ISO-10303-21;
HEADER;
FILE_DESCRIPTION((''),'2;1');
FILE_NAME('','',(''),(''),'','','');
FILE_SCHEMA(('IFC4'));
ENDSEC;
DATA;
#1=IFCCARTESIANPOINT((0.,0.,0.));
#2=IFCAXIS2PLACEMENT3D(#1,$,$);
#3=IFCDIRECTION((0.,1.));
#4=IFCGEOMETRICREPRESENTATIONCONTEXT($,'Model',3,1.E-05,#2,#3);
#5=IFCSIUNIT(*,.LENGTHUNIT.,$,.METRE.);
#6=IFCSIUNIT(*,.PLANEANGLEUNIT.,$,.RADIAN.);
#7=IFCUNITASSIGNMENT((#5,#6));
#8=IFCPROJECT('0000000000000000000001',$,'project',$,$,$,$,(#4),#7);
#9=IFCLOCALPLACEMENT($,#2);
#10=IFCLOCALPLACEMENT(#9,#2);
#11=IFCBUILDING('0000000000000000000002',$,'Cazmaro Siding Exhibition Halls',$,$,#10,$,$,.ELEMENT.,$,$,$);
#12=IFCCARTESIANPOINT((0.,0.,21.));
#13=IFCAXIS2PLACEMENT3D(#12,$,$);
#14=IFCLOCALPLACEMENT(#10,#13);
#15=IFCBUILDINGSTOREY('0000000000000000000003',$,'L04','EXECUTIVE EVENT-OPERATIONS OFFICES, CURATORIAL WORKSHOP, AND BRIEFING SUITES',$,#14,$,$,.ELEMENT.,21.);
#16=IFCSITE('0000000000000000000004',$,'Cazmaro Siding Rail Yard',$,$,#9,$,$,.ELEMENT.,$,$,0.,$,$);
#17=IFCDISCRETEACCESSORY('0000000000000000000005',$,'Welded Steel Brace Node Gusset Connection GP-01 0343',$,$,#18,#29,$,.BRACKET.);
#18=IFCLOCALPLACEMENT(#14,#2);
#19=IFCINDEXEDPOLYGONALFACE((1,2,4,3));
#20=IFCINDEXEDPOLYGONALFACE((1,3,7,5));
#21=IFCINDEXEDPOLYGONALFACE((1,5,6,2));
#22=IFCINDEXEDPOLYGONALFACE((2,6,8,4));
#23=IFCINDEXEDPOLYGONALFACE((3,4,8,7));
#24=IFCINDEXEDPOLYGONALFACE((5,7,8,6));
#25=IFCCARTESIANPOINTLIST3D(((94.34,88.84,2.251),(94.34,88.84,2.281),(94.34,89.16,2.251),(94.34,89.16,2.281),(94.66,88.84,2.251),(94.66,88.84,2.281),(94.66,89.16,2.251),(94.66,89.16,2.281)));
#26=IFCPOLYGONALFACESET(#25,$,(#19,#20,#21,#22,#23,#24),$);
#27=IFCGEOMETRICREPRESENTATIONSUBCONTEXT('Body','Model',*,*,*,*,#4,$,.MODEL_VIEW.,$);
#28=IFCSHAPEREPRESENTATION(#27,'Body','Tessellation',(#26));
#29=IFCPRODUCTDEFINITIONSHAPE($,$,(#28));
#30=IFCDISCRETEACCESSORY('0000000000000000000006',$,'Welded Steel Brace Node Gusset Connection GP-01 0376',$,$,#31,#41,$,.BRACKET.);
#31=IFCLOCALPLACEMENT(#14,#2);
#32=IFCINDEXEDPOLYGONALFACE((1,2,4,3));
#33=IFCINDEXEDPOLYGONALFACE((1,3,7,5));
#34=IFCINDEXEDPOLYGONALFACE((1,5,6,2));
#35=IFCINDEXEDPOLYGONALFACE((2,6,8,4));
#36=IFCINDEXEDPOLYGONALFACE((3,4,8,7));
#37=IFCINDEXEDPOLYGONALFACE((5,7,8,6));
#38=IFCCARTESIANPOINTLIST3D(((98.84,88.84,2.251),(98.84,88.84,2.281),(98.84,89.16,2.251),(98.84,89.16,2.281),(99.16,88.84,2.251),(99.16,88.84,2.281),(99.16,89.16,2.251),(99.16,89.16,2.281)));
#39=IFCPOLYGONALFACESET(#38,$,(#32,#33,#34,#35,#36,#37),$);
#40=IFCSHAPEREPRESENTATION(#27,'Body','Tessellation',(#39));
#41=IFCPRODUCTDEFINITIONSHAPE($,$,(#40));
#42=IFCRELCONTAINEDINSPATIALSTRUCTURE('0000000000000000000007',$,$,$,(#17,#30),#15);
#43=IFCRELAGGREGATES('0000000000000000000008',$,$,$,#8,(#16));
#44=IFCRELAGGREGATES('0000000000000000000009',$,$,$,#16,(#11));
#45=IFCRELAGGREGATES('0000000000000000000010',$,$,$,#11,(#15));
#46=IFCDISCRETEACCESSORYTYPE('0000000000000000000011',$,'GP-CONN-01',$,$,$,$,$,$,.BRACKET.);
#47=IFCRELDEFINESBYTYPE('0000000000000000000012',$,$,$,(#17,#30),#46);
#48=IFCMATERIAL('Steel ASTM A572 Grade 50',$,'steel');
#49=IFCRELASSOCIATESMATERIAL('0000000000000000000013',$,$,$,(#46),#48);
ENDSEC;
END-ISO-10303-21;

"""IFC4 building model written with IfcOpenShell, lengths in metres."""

from ifc_helpers import new_model, si_unit, direction, frame, origin, origin_2d, place, context, subcontext, project, spatial, rectangle, extrude, material, type_object, element, save


model = new_model("IFC4")

# Units and contexts
model_context = context("Model", 3, precision=1e-05, world=origin(), true_north=direction((0.0, 1.0)))
body_context = subcontext(model_context, "Body", "Model", "MODEL_VIEW")
ifc_project = project(units=[si_unit("LENGTHUNIT", "METRE"), si_unit("PLANEANGLEUNIT", "RADIAN")], contexts=[model_context])

# Site, building, storey
site_placement = place(None, origin())
site = spatial("IfcSite", under=ifc_project, at=site_placement, Name="Cazmaro Siding Rail Yard", CompositionType="ELEMENT", RefElevation=0.0)
building_placement = place(site_placement, origin())
building = spatial("IfcBuilding", under=site, at=building_placement, Name="Cazmaro Siding Exhibition Halls", CompositionType="ELEMENT")
storey_placement = place(building_placement, frame((0.0, 0.0, 21.0)))
storey = spatial("IfcBuildingStorey", under=building, at=storey_placement, Name="L04", Description="EXECUTIVE EVENT-OPERATIONS OFFICES, CURATORIAL WORKSHOP, AND BRIEFING SUITES", CompositionType="ELEMENT", Elevation=21.0)

# Discrete accessories
ifc_material_1 = material(Name="Steel ASTM A572 Grade 50", Category="steel")
discrete_accessory_type = type_object("IfcDiscreteAccessoryType", Name="GP-CONN-01", PredefinedType="BRACKET", material=ifc_material_1)
for number, where, z_axis, x_axis, name in (
    (1, (94.5, 89.0, 2.251), (0.0, 0.0, 1.0), (1.0, 0.0, 0.0), "Welded Steel Brace Node Gusset Connection GP-01 0343"),
    (2, (99.0, 89.0, 2.251), (0.0, 0.0, 1.0), (1.0, 0.0, 0.0), "Welded Steel Brace Node Gusset Connection GP-01 0376"),
):
    element("IfcDiscreteAccessory", number, at=place(storey_placement, frame(where, z_axis=z_axis, x_axis=x_axis)), inside=storey, type_object=discrete_accessory_type, Name=name, PredefinedType="BRACKET", context=body_context, shape_type="SweptSolid", body=[
        extrude(rectangle(XDim=0.3201, YDim=0.3201, at=origin_2d()), origin(), (0.0, 0.0, 1.0), 0.03),
    ])

save(model, "model.ifc")
